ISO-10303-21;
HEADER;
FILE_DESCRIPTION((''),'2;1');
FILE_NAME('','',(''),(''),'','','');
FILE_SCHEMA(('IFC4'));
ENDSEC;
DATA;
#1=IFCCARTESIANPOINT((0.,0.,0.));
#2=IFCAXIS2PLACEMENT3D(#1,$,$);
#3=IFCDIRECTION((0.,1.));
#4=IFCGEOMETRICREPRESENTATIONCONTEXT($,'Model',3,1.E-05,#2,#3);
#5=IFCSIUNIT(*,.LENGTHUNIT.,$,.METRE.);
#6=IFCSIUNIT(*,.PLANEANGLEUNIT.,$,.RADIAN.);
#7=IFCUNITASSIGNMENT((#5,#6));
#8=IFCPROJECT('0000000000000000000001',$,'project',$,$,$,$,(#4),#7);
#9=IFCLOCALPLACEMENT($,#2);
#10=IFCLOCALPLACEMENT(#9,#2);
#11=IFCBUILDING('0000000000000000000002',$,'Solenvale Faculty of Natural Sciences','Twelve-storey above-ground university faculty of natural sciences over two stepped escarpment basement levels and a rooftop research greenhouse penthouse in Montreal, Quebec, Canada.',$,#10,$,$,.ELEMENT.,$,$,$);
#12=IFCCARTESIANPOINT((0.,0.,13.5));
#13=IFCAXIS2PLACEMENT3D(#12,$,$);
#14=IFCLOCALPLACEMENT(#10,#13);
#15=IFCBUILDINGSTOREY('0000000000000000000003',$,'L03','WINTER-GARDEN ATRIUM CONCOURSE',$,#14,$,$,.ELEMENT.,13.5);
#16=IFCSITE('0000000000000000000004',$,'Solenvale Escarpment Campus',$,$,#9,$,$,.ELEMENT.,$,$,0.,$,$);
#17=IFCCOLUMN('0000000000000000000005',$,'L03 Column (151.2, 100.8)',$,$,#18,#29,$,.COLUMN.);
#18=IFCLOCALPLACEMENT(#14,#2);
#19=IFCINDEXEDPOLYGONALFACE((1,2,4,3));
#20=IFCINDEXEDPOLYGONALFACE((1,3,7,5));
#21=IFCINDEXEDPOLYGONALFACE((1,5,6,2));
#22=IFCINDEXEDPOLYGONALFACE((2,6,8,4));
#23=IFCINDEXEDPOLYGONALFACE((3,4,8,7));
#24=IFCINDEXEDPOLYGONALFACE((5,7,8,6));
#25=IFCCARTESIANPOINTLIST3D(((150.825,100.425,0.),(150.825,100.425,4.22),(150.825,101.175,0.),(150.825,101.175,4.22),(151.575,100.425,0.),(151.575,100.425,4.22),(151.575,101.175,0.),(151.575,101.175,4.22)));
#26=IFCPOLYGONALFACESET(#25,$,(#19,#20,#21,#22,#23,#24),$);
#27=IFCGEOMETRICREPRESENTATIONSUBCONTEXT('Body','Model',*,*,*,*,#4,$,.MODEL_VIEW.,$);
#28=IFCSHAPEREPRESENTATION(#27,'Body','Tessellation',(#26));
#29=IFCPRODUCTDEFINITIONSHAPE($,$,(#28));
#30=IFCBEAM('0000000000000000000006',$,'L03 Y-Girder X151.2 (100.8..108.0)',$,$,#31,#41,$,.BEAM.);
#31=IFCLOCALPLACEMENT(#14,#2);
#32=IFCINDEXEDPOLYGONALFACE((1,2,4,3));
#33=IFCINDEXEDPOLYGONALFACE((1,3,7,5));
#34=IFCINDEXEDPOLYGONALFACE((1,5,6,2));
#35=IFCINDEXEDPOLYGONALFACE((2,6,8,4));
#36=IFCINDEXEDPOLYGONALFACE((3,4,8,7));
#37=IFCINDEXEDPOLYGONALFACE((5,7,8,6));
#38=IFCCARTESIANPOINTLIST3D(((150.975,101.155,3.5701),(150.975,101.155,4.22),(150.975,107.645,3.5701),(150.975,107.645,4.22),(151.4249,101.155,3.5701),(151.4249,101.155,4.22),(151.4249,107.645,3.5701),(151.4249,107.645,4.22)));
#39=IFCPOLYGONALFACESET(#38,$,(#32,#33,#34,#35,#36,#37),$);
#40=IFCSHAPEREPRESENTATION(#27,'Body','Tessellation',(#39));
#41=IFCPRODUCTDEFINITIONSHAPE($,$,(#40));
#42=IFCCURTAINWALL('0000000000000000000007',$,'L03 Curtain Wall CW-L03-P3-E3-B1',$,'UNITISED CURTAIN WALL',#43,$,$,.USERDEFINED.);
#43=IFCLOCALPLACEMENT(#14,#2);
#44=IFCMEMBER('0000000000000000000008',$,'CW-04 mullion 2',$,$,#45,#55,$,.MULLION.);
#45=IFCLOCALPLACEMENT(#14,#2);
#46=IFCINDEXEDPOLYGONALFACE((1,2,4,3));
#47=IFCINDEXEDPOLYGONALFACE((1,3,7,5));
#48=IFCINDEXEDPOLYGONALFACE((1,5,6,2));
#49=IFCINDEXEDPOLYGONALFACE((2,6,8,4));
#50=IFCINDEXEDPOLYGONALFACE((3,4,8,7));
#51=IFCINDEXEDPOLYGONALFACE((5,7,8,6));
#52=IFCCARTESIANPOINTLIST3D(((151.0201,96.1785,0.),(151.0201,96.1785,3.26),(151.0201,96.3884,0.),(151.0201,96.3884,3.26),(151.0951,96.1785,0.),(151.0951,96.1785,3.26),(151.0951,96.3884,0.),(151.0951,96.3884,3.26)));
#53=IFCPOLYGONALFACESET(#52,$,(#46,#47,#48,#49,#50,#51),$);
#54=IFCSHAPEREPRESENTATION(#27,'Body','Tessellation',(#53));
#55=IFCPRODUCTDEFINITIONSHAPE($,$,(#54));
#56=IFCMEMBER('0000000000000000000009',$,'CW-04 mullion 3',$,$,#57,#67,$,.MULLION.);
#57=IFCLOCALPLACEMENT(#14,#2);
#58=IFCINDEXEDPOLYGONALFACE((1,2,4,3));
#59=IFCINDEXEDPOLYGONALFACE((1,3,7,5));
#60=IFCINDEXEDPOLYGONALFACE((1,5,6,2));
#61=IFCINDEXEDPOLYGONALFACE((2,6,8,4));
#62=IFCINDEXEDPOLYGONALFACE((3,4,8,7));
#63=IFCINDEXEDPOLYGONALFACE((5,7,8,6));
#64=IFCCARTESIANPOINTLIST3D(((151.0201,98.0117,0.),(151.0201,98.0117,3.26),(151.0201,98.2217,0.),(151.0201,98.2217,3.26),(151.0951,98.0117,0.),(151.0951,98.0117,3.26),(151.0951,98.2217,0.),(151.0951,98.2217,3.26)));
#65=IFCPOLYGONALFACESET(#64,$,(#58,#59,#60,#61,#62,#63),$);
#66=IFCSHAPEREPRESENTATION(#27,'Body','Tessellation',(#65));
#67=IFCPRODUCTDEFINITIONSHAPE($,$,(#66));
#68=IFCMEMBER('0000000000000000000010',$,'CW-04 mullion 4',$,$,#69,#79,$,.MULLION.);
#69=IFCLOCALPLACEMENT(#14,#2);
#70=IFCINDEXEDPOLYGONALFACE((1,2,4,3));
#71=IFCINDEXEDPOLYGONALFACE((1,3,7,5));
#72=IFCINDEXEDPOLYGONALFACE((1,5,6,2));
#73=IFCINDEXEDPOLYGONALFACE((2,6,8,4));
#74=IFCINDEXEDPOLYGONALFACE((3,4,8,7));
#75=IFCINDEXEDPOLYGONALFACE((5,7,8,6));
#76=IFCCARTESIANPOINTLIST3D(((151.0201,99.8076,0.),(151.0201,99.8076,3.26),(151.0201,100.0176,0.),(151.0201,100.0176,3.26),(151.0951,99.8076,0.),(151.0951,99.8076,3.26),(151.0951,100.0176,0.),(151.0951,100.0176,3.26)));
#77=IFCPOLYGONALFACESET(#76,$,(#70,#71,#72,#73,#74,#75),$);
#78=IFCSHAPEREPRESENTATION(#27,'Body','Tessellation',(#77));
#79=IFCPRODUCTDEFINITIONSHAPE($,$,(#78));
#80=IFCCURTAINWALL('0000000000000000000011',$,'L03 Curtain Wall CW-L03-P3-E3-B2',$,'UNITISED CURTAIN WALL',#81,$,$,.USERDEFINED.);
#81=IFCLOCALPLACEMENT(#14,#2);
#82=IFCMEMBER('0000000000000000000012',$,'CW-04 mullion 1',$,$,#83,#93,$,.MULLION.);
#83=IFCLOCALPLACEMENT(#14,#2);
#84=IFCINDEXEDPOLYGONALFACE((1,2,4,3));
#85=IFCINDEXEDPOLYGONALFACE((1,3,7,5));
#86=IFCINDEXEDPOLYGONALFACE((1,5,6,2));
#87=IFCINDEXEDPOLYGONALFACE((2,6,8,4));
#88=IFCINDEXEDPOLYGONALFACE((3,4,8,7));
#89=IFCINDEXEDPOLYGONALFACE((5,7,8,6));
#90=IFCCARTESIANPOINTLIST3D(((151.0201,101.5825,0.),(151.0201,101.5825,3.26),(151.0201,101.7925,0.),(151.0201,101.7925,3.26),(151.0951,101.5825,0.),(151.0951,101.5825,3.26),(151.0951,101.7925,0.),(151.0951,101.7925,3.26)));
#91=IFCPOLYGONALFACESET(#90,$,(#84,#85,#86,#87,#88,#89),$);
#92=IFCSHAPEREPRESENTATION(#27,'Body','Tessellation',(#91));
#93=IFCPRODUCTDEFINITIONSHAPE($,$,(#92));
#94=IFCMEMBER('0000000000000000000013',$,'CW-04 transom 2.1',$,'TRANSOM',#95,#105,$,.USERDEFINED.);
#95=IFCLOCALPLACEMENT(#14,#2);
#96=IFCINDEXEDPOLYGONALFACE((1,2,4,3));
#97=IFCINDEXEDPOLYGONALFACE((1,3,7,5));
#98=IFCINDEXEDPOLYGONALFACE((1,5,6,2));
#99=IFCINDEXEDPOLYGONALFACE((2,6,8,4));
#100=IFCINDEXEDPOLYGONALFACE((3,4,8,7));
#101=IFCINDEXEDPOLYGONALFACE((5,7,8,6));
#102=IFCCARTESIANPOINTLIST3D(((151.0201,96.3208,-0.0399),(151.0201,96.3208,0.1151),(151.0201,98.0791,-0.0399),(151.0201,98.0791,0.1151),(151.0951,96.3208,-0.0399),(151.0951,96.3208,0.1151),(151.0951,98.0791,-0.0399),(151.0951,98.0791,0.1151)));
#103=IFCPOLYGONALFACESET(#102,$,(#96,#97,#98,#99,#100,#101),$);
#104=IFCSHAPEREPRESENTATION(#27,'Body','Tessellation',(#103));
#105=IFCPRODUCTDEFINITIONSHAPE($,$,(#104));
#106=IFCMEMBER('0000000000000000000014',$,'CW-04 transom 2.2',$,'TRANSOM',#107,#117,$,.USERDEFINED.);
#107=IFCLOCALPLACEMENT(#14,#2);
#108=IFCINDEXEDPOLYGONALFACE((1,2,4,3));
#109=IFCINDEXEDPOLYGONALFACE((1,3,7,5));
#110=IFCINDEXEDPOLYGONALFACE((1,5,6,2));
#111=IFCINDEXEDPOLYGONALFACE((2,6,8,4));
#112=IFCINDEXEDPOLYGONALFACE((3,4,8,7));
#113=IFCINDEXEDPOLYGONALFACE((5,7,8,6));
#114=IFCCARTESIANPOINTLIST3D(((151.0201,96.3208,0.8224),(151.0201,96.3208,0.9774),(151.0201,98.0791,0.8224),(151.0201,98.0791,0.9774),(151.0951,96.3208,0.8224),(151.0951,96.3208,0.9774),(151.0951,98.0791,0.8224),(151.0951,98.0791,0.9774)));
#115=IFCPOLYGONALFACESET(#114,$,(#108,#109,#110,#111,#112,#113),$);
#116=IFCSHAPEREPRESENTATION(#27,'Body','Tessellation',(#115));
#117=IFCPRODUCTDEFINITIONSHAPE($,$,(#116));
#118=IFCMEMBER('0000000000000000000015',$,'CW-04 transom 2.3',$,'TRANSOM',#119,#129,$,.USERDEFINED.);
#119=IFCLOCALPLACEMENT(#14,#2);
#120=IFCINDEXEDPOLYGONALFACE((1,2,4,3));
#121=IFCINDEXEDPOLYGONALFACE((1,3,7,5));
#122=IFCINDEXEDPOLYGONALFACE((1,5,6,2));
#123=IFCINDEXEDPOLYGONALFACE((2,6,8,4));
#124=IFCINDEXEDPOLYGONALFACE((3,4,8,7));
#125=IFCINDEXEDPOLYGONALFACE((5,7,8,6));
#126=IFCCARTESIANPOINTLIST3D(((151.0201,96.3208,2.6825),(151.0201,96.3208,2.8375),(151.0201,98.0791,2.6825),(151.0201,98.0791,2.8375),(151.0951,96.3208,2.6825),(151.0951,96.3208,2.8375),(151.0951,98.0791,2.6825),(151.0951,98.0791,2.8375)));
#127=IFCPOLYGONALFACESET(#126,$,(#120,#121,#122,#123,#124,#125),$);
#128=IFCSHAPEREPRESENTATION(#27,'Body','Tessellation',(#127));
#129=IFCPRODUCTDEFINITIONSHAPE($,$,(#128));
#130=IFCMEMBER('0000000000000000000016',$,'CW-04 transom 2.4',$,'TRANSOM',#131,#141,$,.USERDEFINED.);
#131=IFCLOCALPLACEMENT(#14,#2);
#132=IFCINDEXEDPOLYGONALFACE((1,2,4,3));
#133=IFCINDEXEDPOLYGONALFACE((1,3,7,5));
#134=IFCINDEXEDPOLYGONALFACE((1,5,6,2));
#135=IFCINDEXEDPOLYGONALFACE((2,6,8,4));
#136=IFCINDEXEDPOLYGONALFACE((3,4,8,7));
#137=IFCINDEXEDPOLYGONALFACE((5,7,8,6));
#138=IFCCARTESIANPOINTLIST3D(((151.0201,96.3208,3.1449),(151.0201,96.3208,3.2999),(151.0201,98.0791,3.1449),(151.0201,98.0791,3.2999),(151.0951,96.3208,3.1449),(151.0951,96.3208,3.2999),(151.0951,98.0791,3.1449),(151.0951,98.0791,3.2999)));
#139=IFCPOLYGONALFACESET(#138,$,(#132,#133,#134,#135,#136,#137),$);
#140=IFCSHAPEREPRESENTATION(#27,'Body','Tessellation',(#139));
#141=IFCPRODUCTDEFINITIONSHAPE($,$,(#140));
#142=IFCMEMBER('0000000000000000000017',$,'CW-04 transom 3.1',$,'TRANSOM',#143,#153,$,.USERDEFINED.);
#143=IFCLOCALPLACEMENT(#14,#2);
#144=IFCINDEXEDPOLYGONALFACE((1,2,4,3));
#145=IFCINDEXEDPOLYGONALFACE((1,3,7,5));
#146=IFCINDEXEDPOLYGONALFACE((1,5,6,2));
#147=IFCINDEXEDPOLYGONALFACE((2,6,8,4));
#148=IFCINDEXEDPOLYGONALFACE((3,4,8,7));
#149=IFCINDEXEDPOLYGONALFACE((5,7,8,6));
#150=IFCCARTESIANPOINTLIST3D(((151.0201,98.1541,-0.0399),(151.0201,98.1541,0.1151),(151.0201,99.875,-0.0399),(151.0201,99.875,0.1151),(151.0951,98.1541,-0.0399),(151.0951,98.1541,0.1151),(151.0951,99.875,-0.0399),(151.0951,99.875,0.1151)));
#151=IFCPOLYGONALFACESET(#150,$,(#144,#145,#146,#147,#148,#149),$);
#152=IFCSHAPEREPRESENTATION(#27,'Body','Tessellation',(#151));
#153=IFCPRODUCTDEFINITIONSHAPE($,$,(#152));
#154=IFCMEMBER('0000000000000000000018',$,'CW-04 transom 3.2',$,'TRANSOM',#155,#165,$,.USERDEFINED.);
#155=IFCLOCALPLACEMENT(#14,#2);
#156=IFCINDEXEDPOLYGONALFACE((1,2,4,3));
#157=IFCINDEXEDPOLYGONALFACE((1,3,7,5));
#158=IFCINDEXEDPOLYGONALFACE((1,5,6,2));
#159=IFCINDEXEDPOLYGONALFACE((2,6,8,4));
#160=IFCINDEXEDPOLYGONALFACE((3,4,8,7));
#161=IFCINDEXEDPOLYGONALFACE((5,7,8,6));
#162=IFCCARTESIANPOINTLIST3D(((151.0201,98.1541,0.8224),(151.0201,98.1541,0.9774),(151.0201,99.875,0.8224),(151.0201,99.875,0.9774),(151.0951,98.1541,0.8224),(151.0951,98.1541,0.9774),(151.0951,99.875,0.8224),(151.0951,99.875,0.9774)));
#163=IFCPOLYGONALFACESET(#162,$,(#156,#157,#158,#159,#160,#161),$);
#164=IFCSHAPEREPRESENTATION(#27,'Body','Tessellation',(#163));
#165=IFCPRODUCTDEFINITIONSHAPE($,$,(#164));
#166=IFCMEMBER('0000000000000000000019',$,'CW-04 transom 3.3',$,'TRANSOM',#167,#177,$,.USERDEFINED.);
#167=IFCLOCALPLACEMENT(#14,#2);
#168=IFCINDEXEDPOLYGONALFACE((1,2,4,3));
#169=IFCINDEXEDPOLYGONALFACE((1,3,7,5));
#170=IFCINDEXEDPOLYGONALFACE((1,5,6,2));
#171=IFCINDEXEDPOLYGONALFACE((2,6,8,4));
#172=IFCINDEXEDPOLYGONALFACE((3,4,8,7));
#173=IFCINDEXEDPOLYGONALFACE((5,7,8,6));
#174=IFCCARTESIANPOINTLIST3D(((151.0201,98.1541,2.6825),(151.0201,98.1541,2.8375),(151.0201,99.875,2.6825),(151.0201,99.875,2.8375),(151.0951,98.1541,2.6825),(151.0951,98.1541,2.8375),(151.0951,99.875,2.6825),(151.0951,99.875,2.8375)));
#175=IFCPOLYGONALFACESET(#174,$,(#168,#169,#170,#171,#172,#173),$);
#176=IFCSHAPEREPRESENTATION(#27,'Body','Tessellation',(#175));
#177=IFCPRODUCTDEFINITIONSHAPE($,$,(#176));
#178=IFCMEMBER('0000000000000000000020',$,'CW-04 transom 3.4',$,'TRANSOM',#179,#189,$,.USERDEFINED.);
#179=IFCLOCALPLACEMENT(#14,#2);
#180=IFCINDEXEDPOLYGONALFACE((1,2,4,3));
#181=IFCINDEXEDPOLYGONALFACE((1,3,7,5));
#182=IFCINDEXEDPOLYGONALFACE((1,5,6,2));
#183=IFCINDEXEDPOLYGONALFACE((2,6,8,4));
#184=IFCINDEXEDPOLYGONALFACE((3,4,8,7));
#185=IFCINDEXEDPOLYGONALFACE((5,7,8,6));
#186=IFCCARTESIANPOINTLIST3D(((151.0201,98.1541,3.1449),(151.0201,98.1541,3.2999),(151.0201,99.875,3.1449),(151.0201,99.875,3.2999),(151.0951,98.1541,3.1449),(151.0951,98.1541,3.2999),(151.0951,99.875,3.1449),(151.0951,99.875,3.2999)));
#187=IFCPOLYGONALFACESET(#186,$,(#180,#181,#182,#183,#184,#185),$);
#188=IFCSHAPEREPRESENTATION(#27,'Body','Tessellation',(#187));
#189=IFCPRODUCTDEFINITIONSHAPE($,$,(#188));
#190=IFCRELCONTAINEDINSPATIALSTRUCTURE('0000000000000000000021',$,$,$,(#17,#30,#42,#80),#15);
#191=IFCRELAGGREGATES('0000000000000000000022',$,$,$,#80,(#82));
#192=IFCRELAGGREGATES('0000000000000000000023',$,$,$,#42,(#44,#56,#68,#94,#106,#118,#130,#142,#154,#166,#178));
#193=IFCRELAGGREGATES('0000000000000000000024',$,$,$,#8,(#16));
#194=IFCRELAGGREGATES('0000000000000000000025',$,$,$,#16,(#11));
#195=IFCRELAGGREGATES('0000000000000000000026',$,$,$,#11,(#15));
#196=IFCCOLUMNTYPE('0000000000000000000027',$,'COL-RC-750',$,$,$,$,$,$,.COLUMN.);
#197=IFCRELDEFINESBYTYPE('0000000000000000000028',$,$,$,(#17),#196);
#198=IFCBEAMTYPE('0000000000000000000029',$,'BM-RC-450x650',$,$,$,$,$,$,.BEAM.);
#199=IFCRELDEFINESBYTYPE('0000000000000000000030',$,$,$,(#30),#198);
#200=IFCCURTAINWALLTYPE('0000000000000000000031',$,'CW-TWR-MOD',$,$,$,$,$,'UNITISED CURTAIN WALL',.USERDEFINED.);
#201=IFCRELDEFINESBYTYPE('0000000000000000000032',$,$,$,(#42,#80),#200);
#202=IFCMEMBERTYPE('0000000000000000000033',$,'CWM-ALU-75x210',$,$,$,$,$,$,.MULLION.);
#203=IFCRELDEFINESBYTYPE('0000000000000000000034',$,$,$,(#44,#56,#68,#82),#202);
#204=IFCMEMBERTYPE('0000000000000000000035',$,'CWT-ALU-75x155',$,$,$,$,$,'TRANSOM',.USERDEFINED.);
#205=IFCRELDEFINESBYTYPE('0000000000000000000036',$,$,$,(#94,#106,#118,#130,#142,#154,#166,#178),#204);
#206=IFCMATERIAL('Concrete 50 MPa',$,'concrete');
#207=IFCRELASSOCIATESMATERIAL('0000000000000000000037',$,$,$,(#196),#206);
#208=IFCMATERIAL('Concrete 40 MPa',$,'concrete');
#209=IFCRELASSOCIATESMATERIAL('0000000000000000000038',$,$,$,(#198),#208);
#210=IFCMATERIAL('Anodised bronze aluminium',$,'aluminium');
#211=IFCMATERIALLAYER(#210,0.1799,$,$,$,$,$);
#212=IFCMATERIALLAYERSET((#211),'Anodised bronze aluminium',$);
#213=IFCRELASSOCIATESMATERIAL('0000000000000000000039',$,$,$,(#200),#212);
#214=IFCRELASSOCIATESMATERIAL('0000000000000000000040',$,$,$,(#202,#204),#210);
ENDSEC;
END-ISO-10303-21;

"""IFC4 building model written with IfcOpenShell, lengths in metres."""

from ifc_helpers import new_model, si_unit, direction, frame, origin, origin_2d, place, context, subcontext, project, spatial, rectangle, extrude, material, layer, layer_set, material_profile, profile_set, type_object, element, aggregate, save


model = new_model("IFC4")

# Units and contexts
model_context = context("Model", 3, precision=1e-05, world=origin(), true_north=direction((0.0, 1.0)))
body_context = subcontext(model_context, "Body", "Model", "MODEL_VIEW")
ifc_project = project(units=[si_unit("LENGTHUNIT", "METRE"), si_unit("PLANEANGLEUNIT", "RADIAN")], contexts=[model_context])

# Site, building, storey
site_placement = place(None, origin())
site = spatial("IfcSite", under=ifc_project, at=site_placement, Name="Solenvale Escarpment Campus", CompositionType="ELEMENT", RefElevation=0.0)
building_placement = place(site_placement, origin())
building = spatial("IfcBuilding", under=site, at=building_placement, Name="Solenvale Faculty of Natural Sciences", Description="Twelve-storey above-ground university faculty of natural sciences over two stepped escarpment basement levels and a rooftop research greenhouse penthouse in Montreal, Quebec, Canada.", CompositionType="ELEMENT")
storey_placement = place(building_placement, frame((0.0, 0.0, 13.5)))
storey = spatial("IfcBuildingStorey", under=building, at=storey_placement, Name="L03", Description="WINTER-GARDEN ATRIUM CONCOURSE", CompositionType="ELEMENT", Elevation=13.5)

# Column
ifc_material_1 = material(Name="Concrete 50 MPa", Category="concrete")
ifc_material_profile_1 = material_profile(ifc_material_1, rectangle(XDim=0.75, YDim=0.75, at=origin_2d()), Name="RC-COL-750x750")
ifc_profile_set_1 = profile_set([ifc_material_profile_1], Name="Concrete 50 MPa")
column_type = type_object("IfcColumnType", Name="COL-RC-750", PredefinedType="COLUMN", material=ifc_profile_set_1)
column_placement = place(storey_placement, frame((151.2, 100.8, 0.0), z_axis=(0.0, 0.0, 1.0), x_axis=(1.0, 0.0, 0.0)))
element("IfcColumn", 1, at=column_placement, inside=storey, type_object=column_type, Name="L03 Column (151.2, 100.8)", PredefinedType="COLUMN", context=body_context, shape_type="SweptSolid", body=[
    extrude(rectangle(XDim=0.75, YDim=0.75, at=origin_2d()), origin(), (0.0, 0.0, 1.0), 4.22),
])

# Beam
ifc_material_2 = material(Name="Concrete 40 MPa", Category="concrete")
ifc_material_profile_2 = material_profile(ifc_material_2, rectangle(XDim=0.45, YDim=0.6499, at=origin_2d()), Name="RC-BM-450x650")
ifc_profile_set_2 = profile_set([ifc_material_profile_2], Name="Concrete 40 MPa")
beam_type = type_object("IfcBeamType", Name="BM-RC-450x650", PredefinedType="BEAM", material=ifc_profile_set_2)
beam_placement = place(storey_placement, frame((151.2, 101.155, 3.895), z_axis=(0.0, 1.0, 0.0), x_axis=(-1.0, 0.0, 0.0)))
element("IfcBeam", 2, at=beam_placement, inside=storey, type_object=beam_type, Name="L03 Y-Girder X151.2 (100.8..108.0)", PredefinedType="BEAM", context=body_context, shape_type="SweptSolid", body=[
    extrude(rectangle(XDim=0.45, YDim=0.6499, at=origin_2d()), origin(), (0.0, 0.0, 1.0), 6.49),
])

# Curtain wall, members
ifc_material_3 = material(Name="Anodised bronze aluminium", Category="aluminium")
ifc_layer_1 = layer(ifc_material_3, 0.1799)
ifc_layer_set_1 = layer_set([ifc_layer_1], Name="Anodised bronze aluminium")
curtain_wall_type = type_object("IfcCurtainWallType", Name="CW-TWR-MOD", ElementType="UNITISED CURTAIN WALL", PredefinedType="USERDEFINED", material=ifc_layer_set_1)
curtain_wall_1_placement = place(storey_placement, origin())
curtain_wall_1 = element("IfcCurtainWall", 3, at=curtain_wall_1_placement, inside=storey, type_object=curtain_wall_type, Name="L03 Curtain Wall CW-L03-P3-E3-B1", ObjectType="UNITISED CURTAIN WALL", PredefinedType="USERDEFINED")
ifc_material_profile_3 = material_profile(ifc_material_3, rectangle(XDim=0.075, YDim=0.21, at=origin_2d()), Name="ALU-MUL-75x210")
ifc_profile_set_3 = profile_set([ifc_material_profile_3], Name="Anodised bronze aluminium")
member_type_1 = type_object("IfcMemberType", Name="CWM-ALU-75x210", PredefinedType="MULLION", material=ifc_profile_set_3)
member_1_placement = place(storey_placement, frame((151.0576, 96.2834, 0.0), z_axis=(0.0, 0.0, 1.0), x_axis=(-1.0, 0.0, 0.0)))
member_1 = element("IfcMember", 4, at=member_1_placement, type_object=member_type_1, Name="CW-04 mullion 2", PredefinedType="MULLION", context=body_context, shape_type="SweptSolid", body=[
    extrude(rectangle(XDim=0.075, YDim=0.21, at=origin_2d()), origin(), (0.0, 0.0, 1.0), 3.26),
])
member_2_placement = place(storey_placement, frame((151.0576, 98.1167, 0.0), z_axis=(0.0, 0.0, 1.0), x_axis=(-1.0, 0.0, 0.0)))
member_2 = element("IfcMember", 5, at=member_2_placement, type_object=member_type_1, Name="CW-04 mullion 3", PredefinedType="MULLION", context=body_context, shape_type="SweptSolid", body=[
    extrude(rectangle(XDim=0.075, YDim=0.21, at=origin_2d()), origin(), (0.0, 0.0, 1.0), 3.26),
])
member_3_placement = place(storey_placement, frame((151.0576, 99.9126, 0.0), z_axis=(0.0, 0.0, 1.0), x_axis=(-1.0, 0.0, 0.0)))
member_3 = element("IfcMember", 6, at=member_3_placement, type_object=member_type_1, Name="CW-04 mullion 4", PredefinedType="MULLION", context=body_context, shape_type="SweptSolid", body=[
    extrude(rectangle(XDim=0.075, YDim=0.21, at=origin_2d()), origin(), (0.0, 0.0, 1.0), 3.26),
])

# Curtain wall, member
curtain_wall_2_placement = place(storey_placement, origin())
curtain_wall_2 = element("IfcCurtainWall", 7, at=curtain_wall_2_placement, inside=storey, type_object=curtain_wall_type, Name="L03 Curtain Wall CW-L03-P3-E3-B2", ObjectType="UNITISED CURTAIN WALL", PredefinedType="USERDEFINED")
member_4_placement = place(storey_placement, frame((151.0576, 101.6875, 0.0), z_axis=(0.0, 0.0, 1.0), x_axis=(-1.0, 0.0, 0.0)))
member_4 = element("IfcMember", 8, at=member_4_placement, type_object=member_type_1, Name="CW-04 mullion 1", PredefinedType="MULLION", context=body_context, shape_type="SweptSolid", body=[
    extrude(rectangle(XDim=0.075, YDim=0.21, at=origin_2d()), origin(), (0.0, 0.0, 1.0), 3.26),
])
aggregate(curtain_wall_2, [member_4])

# Members
ifc_material_profile_4 = material_profile(ifc_material_3, rectangle(XDim=0.075, YDim=0.155, at=origin_2d()), Name="ALU-TRN-75x155")
ifc_profile_set_4 = profile_set([ifc_material_profile_4], Name="Anodised bronze aluminium")
member_type_2 = type_object("IfcMemberType", Name="CWT-ALU-75x155", ElementType="TRANSOM", PredefinedType="USERDEFINED", material=ifc_profile_set_4)
member_5_placement = place(storey_placement, frame((151.0576, 96.3208, 0.0376), z_axis=(0.0, 1.0, 0.0), x_axis=(-1.0, 0.0, 0.0)))
member_5 = element("IfcMember", 9, at=member_5_placement, type_object=member_type_2, Name="CW-04 transom 2.1", ObjectType="TRANSOM", PredefinedType="USERDEFINED", context=body_context, shape_type="SweptSolid", body=[
    extrude(rectangle(XDim=0.075, YDim=0.155, at=origin_2d()), origin(), (0.0, 0.0, 1.0), 1.7583),
])
member_6_placement = place(storey_placement, frame((151.0576, 96.3208, 0.8999), z_axis=(0.0, 1.0, 0.0), x_axis=(-1.0, 0.0, 0.0)))
member_6 = element("IfcMember", 10, at=member_6_placement, type_object=member_type_2, Name="CW-04 transom 2.2", ObjectType="TRANSOM", PredefinedType="USERDEFINED", context=body_context, shape_type="SweptSolid", body=[
    extrude(rectangle(XDim=0.075, YDim=0.155, at=origin_2d()), origin(), (0.0, 0.0, 1.0), 1.7583),
])
member_7_placement = place(storey_placement, frame((151.0576, 96.3208, 2.76), z_axis=(0.0, 1.0, 0.0), x_axis=(-1.0, 0.0, 0.0)))
member_7 = element("IfcMember", 11, at=member_7_placement, type_object=member_type_2, Name="CW-04 transom 2.3", ObjectType="TRANSOM", PredefinedType="USERDEFINED", context=body_context, shape_type="SweptSolid", body=[
    extrude(rectangle(XDim=0.075, YDim=0.155, at=origin_2d()), origin(), (0.0, 0.0, 1.0), 1.7583),
])
member_8_placement = place(storey_placement, frame((151.0576, 96.3208, 3.2224), z_axis=(0.0, 1.0, 0.0), x_axis=(-1.0, 0.0, 0.0)))
member_8 = element("IfcMember", 12, at=member_8_placement, type_object=member_type_2, Name="CW-04 transom 2.4", ObjectType="TRANSOM", PredefinedType="USERDEFINED", context=body_context, shape_type="SweptSolid", body=[
    extrude(rectangle(XDim=0.075, YDim=0.155, at=origin_2d()), origin(), (0.0, 0.0, 1.0), 1.7583),
])
member_9_placement = place(storey_placement, frame((151.0576, 98.1541, 0.0376), z_axis=(0.0, 1.0, 0.0), x_axis=(-1.0, 0.0, 0.0)))
member_9 = element("IfcMember", 13, at=member_9_placement, type_object=member_type_2, Name="CW-04 transom 3.1", ObjectType="TRANSOM", PredefinedType="USERDEFINED", context=body_context, shape_type="SweptSolid", body=[
    extrude(rectangle(XDim=0.075, YDim=0.155, at=origin_2d()), origin(), (0.0, 0.0, 1.0), 1.7209),
])
member_10_placement = place(storey_placement, frame((151.0576, 98.1541, 0.8999), z_axis=(0.0, 1.0, 0.0), x_axis=(-1.0, 0.0, 0.0)))
member_10 = element("IfcMember", 14, at=member_10_placement, type_object=member_type_2, Name="CW-04 transom 3.2", ObjectType="TRANSOM", PredefinedType="USERDEFINED", context=body_context, shape_type="SweptSolid", body=[
    extrude(rectangle(XDim=0.075, YDim=0.155, at=origin_2d()), origin(), (0.0, 0.0, 1.0), 1.7209),
])
member_11_placement = place(storey_placement, frame((151.0576, 98.1541, 2.76), z_axis=(0.0, 1.0, 0.0), x_axis=(-1.0, 0.0, 0.0)))
member_11 = element("IfcMember", 15, at=member_11_placement, type_object=member_type_2, Name="CW-04 transom 3.3", ObjectType="TRANSOM", PredefinedType="USERDEFINED", context=body_context, shape_type="SweptSolid", body=[
    extrude(rectangle(XDim=0.075, YDim=0.155, at=origin_2d()), origin(), (0.0, 0.0, 1.0), 1.7209),
])
member_12_placement = place(storey_placement, frame((151.0576, 98.1541, 3.2224), z_axis=(0.0, 1.0, 0.0), x_axis=(-1.0, 0.0, 0.0)))
member_12 = element("IfcMember", 16, at=member_12_placement, type_object=member_type_2, Name="CW-04 transom 3.4", ObjectType="TRANSOM", PredefinedType="USERDEFINED", context=body_context, shape_type="SweptSolid", body=[
    extrude(rectangle(XDim=0.075, YDim=0.155, at=origin_2d()), origin(), (0.0, 0.0, 1.0), 1.7209),
])

aggregate(curtain_wall_1, [member_1, member_2, member_3, member_5, member_6, member_7, member_8, member_9, member_10, member_11, member_12])

save(model, "model.ifc")
